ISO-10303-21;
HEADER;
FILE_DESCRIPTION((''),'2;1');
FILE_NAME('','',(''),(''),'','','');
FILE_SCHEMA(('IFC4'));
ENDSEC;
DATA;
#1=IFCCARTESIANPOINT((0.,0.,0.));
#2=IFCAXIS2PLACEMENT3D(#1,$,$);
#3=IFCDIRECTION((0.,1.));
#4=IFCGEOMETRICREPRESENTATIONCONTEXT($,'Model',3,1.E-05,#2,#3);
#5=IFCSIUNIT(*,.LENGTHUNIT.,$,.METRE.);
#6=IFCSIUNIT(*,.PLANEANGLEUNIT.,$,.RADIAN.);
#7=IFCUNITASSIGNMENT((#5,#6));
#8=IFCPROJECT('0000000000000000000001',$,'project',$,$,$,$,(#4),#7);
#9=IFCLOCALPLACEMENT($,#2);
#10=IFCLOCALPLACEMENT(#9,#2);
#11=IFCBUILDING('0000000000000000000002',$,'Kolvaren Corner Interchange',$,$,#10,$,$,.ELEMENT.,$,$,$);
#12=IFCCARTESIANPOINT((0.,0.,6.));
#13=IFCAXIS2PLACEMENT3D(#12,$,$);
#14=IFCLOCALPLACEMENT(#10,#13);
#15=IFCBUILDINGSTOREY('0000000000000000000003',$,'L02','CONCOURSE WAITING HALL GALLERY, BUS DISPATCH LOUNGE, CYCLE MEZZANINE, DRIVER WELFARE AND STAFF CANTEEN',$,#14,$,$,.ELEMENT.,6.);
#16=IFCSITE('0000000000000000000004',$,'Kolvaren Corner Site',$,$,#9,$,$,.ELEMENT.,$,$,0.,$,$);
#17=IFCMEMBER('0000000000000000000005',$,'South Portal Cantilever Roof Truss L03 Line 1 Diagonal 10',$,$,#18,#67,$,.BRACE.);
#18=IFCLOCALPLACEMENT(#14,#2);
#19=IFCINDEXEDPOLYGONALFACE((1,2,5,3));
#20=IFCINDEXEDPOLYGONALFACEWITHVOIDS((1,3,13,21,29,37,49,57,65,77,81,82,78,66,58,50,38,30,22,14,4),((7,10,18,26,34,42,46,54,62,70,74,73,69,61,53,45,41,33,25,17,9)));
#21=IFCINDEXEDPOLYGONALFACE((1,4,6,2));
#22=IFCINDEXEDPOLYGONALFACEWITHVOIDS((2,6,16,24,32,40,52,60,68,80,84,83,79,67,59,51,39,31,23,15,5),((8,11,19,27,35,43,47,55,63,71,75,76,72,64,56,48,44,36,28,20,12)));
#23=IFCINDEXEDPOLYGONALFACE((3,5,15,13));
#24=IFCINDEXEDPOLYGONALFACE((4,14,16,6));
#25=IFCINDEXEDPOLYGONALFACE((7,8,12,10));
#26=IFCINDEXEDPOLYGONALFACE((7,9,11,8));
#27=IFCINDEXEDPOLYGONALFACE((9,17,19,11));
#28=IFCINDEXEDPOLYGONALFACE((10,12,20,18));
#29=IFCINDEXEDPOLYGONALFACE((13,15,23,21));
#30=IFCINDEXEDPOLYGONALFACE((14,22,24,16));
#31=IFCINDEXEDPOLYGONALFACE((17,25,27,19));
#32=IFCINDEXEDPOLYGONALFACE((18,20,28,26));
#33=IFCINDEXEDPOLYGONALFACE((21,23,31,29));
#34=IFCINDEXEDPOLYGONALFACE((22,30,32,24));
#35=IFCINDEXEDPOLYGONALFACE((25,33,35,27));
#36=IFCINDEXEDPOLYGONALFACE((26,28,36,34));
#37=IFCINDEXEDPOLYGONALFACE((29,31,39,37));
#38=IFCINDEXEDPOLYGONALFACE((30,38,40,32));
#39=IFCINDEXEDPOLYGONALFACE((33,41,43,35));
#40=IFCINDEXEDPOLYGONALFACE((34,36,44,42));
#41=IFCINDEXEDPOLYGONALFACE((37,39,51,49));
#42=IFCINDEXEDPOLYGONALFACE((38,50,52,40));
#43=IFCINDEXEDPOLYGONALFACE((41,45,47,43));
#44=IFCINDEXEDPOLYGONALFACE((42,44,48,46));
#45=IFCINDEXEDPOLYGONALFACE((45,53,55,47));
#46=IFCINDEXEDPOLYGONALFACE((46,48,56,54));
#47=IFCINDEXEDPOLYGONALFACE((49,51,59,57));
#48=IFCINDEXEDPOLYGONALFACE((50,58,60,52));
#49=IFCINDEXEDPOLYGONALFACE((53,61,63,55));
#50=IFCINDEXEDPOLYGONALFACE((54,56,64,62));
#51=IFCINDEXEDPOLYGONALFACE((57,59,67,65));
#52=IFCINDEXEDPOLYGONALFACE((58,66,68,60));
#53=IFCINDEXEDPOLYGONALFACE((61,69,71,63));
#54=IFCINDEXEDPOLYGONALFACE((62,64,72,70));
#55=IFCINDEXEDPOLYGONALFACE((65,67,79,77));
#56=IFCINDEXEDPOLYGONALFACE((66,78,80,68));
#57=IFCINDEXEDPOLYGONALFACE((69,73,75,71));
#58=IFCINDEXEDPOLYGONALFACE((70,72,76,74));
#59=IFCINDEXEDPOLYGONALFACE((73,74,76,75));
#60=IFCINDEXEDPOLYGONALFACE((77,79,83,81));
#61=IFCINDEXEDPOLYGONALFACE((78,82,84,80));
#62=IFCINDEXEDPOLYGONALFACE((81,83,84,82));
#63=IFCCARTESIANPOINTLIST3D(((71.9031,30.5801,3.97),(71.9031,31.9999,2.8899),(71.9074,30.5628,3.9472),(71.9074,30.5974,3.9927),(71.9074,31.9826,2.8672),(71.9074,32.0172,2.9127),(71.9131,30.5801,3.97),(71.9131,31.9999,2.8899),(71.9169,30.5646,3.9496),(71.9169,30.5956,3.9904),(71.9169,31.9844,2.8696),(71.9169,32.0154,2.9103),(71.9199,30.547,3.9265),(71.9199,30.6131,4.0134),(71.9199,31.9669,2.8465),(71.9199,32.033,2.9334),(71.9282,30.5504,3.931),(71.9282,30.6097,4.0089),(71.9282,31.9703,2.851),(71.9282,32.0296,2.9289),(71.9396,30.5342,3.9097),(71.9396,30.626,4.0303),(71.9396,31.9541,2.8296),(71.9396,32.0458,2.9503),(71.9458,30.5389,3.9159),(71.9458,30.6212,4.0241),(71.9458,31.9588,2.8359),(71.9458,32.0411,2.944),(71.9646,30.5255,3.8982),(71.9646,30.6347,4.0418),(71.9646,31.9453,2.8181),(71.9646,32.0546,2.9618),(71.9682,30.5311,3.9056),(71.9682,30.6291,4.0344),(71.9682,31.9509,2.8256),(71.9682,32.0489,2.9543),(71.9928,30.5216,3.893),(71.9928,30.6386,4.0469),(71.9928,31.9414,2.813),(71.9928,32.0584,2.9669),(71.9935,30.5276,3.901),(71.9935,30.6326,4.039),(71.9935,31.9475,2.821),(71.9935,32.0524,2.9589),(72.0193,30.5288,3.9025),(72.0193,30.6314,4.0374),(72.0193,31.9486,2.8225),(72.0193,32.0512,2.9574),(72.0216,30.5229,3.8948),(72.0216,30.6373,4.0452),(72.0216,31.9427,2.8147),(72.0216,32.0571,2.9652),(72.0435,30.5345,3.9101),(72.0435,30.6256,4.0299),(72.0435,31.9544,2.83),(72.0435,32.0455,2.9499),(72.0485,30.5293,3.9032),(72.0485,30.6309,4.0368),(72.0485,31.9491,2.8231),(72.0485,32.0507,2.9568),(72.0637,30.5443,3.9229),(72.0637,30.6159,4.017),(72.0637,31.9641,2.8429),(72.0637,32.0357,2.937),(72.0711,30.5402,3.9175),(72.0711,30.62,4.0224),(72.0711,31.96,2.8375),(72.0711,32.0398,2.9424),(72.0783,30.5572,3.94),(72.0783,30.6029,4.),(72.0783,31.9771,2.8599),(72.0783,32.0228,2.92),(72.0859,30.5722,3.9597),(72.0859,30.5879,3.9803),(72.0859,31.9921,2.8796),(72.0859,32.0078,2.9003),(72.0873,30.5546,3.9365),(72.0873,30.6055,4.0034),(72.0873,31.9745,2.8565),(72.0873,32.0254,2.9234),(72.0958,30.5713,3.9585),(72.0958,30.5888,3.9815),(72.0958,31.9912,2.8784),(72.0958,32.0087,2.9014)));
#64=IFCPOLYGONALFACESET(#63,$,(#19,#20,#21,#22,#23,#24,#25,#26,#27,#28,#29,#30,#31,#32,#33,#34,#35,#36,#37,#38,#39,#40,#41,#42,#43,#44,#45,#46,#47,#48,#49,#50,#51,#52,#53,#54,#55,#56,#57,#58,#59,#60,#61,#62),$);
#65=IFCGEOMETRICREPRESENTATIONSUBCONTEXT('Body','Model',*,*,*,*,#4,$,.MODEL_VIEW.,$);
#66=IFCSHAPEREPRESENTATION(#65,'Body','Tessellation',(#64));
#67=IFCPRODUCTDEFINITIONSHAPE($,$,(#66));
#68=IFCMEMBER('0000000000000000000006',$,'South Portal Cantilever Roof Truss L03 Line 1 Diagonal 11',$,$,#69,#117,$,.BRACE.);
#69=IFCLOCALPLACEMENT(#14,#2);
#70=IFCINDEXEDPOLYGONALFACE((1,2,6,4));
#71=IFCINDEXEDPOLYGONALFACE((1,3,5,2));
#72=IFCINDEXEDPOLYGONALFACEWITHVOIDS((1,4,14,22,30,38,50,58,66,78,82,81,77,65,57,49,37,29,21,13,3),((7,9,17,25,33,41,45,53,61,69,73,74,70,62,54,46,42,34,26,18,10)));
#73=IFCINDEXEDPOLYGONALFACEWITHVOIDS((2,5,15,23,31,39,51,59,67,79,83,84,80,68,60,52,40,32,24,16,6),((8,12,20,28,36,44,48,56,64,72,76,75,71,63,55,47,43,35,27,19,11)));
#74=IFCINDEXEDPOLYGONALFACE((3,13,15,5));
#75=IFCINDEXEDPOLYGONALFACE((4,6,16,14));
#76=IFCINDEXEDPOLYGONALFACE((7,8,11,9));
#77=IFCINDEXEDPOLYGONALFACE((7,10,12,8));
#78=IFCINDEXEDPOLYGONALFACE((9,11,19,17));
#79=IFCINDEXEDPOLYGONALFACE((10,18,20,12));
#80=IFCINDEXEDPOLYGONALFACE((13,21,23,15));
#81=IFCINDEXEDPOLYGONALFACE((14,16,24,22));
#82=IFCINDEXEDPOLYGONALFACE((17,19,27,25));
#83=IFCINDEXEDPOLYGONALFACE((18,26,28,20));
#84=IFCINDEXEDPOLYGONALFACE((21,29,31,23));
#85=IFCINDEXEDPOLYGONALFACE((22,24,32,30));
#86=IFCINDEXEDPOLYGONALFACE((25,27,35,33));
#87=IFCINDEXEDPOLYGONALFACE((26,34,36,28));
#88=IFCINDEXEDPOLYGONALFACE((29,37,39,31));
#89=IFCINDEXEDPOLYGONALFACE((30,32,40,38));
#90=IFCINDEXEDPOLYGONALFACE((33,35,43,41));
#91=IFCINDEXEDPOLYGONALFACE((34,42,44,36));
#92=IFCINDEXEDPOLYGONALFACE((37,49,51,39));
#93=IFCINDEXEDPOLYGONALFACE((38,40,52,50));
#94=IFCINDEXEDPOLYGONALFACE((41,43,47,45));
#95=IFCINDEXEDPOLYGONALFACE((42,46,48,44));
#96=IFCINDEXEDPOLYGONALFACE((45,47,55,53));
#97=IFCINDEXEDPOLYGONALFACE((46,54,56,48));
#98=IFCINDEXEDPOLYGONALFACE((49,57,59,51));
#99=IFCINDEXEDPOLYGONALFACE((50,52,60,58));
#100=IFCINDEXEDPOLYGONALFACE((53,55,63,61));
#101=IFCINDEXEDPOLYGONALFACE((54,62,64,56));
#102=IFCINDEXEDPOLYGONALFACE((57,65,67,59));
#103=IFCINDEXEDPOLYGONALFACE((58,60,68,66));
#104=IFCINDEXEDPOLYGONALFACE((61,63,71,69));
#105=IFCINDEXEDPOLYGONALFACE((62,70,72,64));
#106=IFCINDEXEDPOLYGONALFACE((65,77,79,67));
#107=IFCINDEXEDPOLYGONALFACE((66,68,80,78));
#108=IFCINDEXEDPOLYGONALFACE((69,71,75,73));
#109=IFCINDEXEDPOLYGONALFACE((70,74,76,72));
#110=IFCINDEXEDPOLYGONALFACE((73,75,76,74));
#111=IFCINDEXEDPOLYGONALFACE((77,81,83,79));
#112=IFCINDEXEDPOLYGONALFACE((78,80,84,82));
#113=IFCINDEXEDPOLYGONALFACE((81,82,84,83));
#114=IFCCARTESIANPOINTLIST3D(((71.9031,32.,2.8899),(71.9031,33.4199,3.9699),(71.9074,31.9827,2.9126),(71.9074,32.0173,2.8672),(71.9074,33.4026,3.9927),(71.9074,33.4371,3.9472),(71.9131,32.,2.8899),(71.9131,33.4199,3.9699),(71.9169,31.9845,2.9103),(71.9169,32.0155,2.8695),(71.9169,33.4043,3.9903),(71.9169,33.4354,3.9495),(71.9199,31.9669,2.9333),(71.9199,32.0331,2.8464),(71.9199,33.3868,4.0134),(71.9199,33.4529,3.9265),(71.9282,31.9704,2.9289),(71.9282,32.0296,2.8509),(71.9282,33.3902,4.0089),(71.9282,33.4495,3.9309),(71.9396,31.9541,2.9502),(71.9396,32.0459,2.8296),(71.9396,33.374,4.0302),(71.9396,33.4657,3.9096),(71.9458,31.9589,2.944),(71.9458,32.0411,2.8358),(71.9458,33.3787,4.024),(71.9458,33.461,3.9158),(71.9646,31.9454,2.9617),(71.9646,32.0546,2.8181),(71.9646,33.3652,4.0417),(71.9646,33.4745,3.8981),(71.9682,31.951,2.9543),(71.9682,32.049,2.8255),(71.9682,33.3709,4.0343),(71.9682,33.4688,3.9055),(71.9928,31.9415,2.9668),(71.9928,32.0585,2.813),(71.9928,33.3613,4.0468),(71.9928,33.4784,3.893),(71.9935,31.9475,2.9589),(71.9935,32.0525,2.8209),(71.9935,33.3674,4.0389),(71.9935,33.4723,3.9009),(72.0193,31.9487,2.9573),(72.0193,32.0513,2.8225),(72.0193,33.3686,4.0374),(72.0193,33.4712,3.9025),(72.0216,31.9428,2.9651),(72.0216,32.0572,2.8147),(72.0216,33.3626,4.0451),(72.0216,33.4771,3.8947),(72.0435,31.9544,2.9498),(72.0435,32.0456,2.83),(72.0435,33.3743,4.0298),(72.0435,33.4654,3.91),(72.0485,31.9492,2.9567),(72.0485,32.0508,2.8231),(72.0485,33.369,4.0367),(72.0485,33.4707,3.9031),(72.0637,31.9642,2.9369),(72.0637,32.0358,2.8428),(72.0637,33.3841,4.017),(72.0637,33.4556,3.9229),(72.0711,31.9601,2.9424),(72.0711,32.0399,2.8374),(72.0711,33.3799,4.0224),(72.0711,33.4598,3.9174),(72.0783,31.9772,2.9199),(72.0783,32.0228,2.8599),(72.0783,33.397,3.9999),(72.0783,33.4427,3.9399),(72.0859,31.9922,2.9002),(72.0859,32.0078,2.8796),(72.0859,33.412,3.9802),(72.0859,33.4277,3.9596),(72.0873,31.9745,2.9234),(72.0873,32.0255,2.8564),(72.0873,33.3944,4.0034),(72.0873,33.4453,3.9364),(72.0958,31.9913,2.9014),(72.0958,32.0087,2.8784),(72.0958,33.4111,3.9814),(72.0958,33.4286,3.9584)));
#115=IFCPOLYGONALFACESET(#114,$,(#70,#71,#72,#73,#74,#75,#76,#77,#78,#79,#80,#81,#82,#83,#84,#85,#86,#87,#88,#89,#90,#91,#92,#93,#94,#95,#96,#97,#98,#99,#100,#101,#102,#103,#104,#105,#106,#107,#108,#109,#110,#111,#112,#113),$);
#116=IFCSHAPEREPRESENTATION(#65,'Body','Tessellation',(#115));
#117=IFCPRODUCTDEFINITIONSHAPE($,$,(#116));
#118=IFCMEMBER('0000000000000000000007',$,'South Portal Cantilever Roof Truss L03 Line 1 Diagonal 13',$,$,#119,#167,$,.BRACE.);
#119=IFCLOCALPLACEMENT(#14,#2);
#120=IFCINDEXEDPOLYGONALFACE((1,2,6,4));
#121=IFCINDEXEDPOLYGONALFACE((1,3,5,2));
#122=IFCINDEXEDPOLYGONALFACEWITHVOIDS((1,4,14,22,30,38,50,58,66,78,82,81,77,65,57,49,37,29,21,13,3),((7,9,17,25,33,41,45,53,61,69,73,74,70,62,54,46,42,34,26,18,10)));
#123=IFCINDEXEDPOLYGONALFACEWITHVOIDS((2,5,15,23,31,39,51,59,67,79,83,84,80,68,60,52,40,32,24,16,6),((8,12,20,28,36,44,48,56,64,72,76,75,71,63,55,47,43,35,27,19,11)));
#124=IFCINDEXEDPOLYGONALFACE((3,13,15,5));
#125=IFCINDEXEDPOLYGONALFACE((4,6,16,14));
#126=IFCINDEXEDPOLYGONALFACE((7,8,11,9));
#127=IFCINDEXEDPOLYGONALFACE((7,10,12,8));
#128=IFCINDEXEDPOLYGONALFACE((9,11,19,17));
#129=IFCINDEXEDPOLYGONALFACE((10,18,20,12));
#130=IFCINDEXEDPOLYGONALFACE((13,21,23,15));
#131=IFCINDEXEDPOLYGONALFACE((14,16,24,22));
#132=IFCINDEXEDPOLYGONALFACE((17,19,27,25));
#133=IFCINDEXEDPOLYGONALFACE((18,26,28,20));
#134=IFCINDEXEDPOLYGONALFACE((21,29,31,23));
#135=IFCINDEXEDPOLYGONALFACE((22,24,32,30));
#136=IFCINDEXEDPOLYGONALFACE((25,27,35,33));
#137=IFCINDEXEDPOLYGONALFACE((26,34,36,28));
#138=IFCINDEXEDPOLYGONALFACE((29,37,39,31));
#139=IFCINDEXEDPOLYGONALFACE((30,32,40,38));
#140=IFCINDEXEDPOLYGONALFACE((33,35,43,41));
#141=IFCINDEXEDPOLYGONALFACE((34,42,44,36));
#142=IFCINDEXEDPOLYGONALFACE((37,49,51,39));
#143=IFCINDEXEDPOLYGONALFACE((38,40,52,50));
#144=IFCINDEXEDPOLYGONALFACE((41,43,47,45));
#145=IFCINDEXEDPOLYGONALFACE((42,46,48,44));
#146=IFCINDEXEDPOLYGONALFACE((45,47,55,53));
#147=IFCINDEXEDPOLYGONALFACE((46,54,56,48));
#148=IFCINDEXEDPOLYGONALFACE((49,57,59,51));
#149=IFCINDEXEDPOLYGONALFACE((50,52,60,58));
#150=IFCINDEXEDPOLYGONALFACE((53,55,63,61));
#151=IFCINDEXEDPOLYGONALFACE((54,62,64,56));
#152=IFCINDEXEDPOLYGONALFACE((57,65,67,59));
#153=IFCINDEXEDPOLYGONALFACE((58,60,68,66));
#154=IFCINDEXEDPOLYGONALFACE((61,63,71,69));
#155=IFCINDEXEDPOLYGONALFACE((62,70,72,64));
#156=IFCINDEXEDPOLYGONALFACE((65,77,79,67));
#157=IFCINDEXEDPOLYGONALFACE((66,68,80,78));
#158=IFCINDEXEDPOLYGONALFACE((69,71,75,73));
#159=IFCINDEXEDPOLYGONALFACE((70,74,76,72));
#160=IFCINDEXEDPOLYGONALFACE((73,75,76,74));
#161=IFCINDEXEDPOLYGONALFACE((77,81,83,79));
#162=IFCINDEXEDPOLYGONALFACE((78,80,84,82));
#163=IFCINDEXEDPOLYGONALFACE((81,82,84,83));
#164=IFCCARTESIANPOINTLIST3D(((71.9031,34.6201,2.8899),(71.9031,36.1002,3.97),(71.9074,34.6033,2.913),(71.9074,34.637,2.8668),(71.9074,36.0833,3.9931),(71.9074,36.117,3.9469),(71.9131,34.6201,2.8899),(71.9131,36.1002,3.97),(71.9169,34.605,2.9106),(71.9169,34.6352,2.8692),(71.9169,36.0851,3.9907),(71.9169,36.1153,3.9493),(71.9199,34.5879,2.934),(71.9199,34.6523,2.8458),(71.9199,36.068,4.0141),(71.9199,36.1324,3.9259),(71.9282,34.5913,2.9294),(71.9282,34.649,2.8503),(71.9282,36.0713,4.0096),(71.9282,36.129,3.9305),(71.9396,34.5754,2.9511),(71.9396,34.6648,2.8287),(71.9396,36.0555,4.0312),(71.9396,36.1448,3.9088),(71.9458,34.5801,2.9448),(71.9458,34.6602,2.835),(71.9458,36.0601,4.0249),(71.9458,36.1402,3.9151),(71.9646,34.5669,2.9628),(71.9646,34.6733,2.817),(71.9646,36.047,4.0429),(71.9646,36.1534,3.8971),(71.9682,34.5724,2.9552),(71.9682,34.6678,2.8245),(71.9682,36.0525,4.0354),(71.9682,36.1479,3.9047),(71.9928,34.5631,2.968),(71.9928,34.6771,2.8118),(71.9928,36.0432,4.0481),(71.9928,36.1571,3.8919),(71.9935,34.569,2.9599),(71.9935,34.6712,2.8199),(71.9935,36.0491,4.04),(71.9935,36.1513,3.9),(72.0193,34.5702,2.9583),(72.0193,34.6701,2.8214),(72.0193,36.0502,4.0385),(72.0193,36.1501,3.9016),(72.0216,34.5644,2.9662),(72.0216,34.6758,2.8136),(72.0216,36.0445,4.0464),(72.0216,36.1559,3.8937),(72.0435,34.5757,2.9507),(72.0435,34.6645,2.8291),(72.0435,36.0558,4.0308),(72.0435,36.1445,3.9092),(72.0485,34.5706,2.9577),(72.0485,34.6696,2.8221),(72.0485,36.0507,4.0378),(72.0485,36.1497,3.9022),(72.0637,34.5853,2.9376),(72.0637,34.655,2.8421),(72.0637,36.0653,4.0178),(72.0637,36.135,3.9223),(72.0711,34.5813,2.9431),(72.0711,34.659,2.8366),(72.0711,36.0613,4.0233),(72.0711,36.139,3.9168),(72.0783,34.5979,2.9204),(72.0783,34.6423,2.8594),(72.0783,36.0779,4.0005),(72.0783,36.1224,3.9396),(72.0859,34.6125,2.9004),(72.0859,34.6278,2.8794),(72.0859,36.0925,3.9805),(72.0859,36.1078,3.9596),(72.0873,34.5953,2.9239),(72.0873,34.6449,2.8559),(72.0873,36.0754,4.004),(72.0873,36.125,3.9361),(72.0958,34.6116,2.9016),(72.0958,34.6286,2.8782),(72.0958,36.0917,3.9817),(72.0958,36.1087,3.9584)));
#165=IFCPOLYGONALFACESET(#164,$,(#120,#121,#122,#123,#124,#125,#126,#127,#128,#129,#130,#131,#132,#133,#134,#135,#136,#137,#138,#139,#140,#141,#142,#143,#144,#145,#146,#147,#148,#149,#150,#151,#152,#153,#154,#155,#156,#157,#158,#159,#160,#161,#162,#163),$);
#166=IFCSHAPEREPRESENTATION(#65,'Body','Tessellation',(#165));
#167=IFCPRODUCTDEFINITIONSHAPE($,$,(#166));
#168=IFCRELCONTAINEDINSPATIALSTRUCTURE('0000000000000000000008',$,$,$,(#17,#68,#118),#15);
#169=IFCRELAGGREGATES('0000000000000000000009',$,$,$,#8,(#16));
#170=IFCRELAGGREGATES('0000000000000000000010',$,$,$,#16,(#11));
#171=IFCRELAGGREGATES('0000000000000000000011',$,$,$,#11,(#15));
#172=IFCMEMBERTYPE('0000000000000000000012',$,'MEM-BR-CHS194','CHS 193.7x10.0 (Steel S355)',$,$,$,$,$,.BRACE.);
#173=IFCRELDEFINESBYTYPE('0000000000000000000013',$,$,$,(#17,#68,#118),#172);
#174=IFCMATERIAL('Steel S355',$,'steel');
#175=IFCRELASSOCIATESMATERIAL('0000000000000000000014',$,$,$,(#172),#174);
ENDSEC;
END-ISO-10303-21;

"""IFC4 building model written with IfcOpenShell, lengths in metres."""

from ifc_helpers import new_model, si_unit, direction, frame, origin, origin_2d, place, context, subcontext, project, spatial, hollow_circle, extrude, material, material_profile, profile_set, type_object, element, save


model = new_model("IFC4")

# Units and contexts
model_context = context("Model", 3, precision=1e-05, world=origin(), true_north=direction((0.0, 1.0)))
body_context = subcontext(model_context, "Body", "Model", "MODEL_VIEW")
ifc_project = project(units=[si_unit("LENGTHUNIT", "METRE"), si_unit("PLANEANGLEUNIT", "RADIAN")], contexts=[model_context])

# Site, building, storey
site_placement = place(None, origin())
site = spatial("IfcSite", under=ifc_project, at=site_placement, Name="Kolvaren Corner Site", CompositionType="ELEMENT", RefElevation=0.0)
building_placement = place(site_placement, origin())
building = spatial("IfcBuilding", under=site, at=building_placement, Name="Kolvaren Corner Interchange", CompositionType="ELEMENT")
storey_placement = place(building_placement, frame((0.0, 0.0, 6.0)))
storey = spatial("IfcBuildingStorey", under=building, at=storey_placement, Name="L02", Description="CONCOURSE WAITING HALL GALLERY, BUS DISPATCH LOUNGE, CYCLE MEZZANINE, DRIVER WELFARE AND STAFF CANTEEN", CompositionType="ELEMENT", Elevation=6.0)

# Members
ifc_material_1 = material(Name="Steel S355", Category="steel")
ifc_material_profile_1 = material_profile(ifc_material_1, hollow_circle(Radius=0.0969, WallThickness=0.01, at=origin_2d()), Name="CHS 193.7x10.0")
ifc_profile_set_1 = profile_set([ifc_material_profile_1], Name="Steel S355")
member_type_1 = type_object("IfcMemberType", Name="MEM-BR-CHS194", Description="CHS 193.7x10.0 (Steel S355)", PredefinedType="BRACE", material=ifc_profile_set_1)
for number, where, z_axis, x_axis, name in (
    (1, (72.0, 30.5801, 3.97), (0.0, 0.795909, -0.605416), (-1.0, 0.0, 0.0), "South Portal Cantilever Roof Truss L03 Line 1 Diagonal 10"),
    (2, (72.0, 32.0, 2.8899), (0.0, 0.795909, 0.605416), (-1.0, 0.0, 0.0), "South Portal Cantilever Roof Truss L03 Line 1 Diagonal 11"),
):
    element("IfcMember", number, at=place(storey_placement, frame(where, z_axis=z_axis, x_axis=x_axis)), inside=storey, type_object=member_type_1, Name=name, PredefinedType="BRACE", context=body_context, shape_type="SweptSolid", body=[
        extrude(hollow_circle(Radius=0.0969, WallThickness=0.01, at=origin_2d()), origin(), (0.0, 0.0, 1.0), 1.7839),
    ])
for number, where, z_axis, x_axis, name in (
    (3, (72.0, 34.6201, 2.8899), (0.0, 0.807767, 0.589502), (-1.0, 0.0, 0.0), "South Portal Cantilever Roof Truss L03 Line 1 Diagonal 13"),
):
    element("IfcMember", number, at=place(storey_placement, frame(where, z_axis=z_axis, x_axis=x_axis)), inside=storey, type_object=member_type_1, Name=name, PredefinedType="BRACE", context=body_context, shape_type="SweptSolid", body=[
        extrude(hollow_circle(Radius=0.0969, WallThickness=0.01, at=origin_2d()), origin(), (0.0, 0.0, 1.0), 1.8323),
    ])

save(model, "model.ifc")
